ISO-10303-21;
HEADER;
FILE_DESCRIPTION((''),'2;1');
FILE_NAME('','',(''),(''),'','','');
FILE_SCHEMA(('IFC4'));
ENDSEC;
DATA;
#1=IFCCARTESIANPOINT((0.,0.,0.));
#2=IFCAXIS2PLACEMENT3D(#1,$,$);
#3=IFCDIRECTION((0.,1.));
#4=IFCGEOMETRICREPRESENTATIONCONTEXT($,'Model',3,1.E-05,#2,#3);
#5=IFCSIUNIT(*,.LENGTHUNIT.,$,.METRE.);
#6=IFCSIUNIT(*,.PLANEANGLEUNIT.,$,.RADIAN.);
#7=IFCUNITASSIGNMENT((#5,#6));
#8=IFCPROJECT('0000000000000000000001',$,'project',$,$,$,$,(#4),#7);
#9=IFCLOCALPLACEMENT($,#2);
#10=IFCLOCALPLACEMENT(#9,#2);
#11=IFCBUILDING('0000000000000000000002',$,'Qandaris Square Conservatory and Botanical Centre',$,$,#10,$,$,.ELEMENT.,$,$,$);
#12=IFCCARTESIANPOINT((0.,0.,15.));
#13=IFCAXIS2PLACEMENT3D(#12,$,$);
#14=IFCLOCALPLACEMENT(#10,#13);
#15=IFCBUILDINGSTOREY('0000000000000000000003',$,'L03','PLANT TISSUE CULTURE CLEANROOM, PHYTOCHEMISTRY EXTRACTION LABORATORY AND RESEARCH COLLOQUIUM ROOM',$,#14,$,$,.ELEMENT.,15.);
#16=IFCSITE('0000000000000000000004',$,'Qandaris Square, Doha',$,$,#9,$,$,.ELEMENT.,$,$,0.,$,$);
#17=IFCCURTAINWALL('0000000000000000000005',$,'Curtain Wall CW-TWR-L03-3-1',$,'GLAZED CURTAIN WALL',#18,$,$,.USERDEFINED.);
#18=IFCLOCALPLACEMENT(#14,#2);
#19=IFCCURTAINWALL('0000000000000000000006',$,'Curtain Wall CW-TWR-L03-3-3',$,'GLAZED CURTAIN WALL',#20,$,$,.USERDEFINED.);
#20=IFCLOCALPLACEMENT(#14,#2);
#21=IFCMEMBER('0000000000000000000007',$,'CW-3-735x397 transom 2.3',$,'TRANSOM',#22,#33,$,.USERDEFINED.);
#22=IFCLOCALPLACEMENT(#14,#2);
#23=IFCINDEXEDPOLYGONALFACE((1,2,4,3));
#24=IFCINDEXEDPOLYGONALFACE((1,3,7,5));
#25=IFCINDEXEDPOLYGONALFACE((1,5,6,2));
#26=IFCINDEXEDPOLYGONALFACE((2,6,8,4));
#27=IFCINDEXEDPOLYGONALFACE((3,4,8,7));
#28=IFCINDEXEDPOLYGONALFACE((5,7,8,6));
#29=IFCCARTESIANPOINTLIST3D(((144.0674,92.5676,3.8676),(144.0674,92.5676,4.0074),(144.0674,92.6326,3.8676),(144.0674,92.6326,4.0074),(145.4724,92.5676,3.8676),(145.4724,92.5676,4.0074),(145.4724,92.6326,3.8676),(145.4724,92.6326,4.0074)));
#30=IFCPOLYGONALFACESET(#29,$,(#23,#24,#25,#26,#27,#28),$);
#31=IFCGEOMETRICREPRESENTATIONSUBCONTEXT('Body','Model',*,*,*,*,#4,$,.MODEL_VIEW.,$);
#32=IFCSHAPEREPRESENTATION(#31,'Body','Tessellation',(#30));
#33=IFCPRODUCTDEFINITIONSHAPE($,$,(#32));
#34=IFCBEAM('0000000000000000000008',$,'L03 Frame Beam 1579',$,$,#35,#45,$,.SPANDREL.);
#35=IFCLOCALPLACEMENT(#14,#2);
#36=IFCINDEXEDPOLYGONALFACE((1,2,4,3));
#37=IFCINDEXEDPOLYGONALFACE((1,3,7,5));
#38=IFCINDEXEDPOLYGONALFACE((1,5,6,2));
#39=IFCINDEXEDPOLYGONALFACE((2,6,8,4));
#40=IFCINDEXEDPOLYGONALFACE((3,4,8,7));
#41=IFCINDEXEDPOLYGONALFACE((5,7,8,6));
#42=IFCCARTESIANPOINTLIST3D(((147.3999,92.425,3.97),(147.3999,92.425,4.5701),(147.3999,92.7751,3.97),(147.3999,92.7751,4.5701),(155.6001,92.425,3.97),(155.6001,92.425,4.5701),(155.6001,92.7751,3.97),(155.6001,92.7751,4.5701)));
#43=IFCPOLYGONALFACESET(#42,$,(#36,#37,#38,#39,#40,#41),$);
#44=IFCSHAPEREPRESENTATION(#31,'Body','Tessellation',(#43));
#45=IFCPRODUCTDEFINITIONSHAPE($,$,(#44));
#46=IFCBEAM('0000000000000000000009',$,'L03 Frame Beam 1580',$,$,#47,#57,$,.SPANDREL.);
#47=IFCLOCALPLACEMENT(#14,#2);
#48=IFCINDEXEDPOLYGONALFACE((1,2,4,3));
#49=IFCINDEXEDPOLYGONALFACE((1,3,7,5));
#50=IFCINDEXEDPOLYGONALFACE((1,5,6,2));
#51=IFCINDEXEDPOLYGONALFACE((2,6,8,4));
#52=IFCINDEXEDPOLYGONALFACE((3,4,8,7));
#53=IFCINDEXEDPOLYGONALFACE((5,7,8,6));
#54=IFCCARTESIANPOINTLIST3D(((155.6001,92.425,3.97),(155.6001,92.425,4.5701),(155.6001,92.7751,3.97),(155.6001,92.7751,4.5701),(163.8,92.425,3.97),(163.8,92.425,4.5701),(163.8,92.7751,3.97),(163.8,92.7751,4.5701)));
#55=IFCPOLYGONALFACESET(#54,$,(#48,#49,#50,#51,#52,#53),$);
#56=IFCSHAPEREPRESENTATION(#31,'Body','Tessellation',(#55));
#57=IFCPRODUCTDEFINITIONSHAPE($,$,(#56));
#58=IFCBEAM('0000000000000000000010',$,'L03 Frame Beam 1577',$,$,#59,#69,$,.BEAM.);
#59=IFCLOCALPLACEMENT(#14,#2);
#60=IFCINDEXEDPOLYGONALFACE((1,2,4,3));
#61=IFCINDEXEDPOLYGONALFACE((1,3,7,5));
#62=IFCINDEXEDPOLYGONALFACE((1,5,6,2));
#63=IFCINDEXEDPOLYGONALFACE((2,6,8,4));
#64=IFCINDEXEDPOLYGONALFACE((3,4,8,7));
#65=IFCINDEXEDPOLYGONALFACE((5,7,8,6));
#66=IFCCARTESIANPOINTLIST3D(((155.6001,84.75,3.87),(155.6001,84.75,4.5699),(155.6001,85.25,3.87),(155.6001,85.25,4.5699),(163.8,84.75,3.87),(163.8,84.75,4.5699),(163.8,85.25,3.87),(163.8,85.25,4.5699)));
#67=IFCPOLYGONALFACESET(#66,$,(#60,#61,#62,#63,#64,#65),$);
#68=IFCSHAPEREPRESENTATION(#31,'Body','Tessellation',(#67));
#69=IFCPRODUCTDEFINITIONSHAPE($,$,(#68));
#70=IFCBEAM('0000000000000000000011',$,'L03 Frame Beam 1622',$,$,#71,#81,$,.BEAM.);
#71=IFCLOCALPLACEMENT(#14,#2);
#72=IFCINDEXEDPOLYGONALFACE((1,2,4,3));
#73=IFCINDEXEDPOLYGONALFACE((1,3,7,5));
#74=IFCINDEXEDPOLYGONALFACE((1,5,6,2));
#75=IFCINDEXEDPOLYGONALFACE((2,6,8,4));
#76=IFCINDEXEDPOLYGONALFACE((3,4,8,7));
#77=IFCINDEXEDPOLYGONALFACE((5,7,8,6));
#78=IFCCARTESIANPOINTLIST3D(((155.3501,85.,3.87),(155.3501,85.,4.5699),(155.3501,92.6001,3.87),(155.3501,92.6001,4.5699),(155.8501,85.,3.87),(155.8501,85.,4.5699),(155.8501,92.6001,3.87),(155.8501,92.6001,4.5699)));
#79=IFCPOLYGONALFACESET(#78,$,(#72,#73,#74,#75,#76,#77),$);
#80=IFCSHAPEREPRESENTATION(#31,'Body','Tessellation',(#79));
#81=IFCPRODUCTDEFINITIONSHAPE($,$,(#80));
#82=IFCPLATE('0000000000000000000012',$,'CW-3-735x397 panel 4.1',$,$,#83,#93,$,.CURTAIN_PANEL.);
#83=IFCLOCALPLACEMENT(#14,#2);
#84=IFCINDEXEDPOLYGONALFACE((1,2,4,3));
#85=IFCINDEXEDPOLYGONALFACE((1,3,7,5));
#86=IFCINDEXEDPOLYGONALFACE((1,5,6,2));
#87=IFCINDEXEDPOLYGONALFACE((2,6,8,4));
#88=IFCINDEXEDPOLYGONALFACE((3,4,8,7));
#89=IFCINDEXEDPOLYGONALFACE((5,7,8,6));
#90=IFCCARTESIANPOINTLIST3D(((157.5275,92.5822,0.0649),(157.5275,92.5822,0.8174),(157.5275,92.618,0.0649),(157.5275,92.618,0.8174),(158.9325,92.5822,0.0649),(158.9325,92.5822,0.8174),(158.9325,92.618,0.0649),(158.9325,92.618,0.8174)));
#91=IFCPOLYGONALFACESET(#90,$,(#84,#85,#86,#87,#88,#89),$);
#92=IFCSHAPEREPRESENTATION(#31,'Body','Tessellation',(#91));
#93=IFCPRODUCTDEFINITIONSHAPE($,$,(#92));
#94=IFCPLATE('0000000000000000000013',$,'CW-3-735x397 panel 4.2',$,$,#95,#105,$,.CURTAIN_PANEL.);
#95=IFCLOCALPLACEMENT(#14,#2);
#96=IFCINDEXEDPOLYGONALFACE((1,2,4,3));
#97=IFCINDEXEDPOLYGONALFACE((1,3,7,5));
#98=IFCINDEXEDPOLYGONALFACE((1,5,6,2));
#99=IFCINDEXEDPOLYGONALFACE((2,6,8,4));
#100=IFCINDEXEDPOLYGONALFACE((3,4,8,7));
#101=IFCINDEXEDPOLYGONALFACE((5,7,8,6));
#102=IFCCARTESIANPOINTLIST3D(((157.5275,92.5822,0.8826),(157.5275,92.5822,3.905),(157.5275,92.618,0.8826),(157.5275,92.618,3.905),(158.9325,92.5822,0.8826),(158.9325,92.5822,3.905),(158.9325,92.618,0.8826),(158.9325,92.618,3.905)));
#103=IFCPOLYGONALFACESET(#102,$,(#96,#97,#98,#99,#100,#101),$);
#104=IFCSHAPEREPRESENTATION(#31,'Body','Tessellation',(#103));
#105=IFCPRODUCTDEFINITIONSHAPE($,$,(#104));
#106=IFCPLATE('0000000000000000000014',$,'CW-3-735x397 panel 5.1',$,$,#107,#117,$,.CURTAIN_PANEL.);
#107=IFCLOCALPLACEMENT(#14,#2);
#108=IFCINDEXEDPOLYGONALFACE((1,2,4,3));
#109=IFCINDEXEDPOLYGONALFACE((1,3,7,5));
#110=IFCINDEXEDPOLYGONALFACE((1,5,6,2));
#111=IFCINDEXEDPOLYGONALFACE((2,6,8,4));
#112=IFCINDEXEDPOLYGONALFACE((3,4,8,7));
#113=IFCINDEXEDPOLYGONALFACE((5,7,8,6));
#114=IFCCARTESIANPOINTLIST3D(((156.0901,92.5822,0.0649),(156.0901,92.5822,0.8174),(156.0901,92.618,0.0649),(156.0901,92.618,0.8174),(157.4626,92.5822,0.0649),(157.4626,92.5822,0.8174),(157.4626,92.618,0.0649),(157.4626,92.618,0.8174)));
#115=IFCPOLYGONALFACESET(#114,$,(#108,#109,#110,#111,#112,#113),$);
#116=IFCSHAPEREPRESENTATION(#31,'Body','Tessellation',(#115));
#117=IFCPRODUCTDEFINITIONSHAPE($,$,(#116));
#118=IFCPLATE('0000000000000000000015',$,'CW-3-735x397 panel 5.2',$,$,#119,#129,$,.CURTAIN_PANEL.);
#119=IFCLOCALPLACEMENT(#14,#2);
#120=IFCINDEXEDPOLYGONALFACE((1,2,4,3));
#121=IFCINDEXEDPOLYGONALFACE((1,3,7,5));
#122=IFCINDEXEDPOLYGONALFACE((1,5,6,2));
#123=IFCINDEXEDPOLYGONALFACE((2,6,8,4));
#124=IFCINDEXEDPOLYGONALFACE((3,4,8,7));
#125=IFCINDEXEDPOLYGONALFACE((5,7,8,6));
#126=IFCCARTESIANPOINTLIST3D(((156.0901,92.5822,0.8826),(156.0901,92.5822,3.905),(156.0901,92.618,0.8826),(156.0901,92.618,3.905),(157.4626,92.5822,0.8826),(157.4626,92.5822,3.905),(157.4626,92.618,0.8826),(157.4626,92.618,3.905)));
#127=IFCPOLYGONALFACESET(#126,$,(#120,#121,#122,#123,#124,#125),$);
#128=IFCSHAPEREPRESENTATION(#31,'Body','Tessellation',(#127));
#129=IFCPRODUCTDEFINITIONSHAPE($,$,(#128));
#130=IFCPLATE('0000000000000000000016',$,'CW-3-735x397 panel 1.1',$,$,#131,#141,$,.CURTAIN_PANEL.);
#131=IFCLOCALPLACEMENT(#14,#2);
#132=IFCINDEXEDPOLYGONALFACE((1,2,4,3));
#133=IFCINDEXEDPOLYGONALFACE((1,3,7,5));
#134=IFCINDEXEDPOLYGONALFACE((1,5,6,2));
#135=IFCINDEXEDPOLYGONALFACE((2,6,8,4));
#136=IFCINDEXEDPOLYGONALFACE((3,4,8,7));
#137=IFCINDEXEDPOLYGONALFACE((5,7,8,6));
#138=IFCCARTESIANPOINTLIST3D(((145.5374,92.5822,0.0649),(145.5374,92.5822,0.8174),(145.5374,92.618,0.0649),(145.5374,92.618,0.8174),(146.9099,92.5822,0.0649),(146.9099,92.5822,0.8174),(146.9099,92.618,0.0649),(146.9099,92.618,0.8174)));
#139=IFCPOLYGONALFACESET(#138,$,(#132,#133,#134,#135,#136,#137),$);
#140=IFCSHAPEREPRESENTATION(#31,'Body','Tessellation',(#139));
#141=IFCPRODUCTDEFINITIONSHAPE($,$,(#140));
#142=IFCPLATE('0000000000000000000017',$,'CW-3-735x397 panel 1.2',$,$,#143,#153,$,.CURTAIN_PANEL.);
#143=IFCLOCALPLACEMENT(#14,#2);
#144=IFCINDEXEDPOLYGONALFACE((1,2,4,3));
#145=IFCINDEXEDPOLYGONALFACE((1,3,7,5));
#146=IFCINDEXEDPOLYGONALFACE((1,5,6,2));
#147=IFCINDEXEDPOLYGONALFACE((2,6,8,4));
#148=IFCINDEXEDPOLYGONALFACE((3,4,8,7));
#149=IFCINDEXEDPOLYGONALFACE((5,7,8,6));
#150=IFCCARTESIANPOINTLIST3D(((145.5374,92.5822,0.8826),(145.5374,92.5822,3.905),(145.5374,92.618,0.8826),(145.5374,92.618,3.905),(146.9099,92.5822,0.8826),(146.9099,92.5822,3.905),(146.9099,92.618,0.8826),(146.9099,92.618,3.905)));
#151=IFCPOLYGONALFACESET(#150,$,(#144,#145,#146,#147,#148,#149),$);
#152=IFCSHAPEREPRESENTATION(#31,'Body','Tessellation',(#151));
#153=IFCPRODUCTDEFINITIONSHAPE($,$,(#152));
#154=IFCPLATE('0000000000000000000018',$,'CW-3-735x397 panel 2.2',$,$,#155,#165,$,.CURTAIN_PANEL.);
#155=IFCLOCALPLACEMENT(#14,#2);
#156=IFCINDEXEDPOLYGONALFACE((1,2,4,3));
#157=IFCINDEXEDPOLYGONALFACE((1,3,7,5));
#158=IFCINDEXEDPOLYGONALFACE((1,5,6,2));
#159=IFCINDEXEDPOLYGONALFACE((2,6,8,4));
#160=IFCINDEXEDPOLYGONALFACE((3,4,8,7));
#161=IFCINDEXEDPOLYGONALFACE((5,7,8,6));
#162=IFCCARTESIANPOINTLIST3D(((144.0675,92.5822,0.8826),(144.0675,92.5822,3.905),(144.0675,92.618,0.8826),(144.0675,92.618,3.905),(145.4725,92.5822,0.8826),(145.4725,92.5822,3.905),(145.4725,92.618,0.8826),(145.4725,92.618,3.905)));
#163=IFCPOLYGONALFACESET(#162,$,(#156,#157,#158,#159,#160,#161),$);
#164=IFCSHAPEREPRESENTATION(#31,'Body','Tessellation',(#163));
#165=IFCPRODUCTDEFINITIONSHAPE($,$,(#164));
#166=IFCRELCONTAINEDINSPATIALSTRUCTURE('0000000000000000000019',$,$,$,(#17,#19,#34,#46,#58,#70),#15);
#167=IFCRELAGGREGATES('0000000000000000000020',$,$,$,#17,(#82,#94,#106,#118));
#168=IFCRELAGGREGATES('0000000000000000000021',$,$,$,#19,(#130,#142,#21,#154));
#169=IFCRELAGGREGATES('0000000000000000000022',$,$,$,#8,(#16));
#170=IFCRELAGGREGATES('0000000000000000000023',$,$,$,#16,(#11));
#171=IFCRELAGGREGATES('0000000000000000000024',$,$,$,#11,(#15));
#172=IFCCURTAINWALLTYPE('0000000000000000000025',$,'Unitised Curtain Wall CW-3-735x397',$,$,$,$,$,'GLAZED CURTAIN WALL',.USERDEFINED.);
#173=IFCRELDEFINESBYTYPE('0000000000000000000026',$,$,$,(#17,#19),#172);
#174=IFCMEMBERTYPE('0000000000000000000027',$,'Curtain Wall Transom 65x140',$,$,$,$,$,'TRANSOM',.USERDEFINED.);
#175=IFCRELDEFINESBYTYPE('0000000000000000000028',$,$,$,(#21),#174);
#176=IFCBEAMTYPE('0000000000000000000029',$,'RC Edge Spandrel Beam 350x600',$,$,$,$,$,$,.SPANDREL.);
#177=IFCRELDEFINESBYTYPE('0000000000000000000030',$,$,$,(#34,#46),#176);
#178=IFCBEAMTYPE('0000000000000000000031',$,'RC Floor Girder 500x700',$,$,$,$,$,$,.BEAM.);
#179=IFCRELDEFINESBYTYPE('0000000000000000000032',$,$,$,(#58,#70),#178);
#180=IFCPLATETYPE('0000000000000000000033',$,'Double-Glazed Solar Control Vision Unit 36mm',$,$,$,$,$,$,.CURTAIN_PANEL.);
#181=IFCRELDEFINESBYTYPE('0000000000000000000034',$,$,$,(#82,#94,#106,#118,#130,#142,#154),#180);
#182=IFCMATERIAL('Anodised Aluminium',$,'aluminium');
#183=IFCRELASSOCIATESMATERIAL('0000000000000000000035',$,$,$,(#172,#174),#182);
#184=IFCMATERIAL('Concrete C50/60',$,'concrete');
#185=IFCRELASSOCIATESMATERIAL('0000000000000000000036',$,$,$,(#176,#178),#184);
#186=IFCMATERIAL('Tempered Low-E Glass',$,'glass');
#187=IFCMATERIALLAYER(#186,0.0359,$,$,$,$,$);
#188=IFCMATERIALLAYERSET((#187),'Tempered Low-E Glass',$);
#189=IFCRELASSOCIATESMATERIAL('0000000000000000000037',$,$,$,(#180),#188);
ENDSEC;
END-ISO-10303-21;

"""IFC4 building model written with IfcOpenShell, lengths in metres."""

from ifc_helpers import new_model, si_unit, direction, frame, origin, origin_2d, place, context, subcontext, project, spatial, rectangle, extrude, material, layer, layer_set, material_profile, profile_set, type_object, element, aggregate, save


model = new_model("IFC4")

# Units and contexts
model_context = context("Model", 3, precision=1e-05, world=origin(), true_north=direction((0.0, 1.0)))
body_context = subcontext(model_context, "Body", "Model", "MODEL_VIEW")
ifc_project = project(units=[si_unit("LENGTHUNIT", "METRE"), si_unit("PLANEANGLEUNIT", "RADIAN")], contexts=[model_context])

# Site, building, storey
site_placement = place(None, origin())
site = spatial("IfcSite", under=ifc_project, at=site_placement, Name="Qandaris Square, Doha", CompositionType="ELEMENT", RefElevation=0.0)
building_placement = place(site_placement, origin())
building = spatial("IfcBuilding", under=site, at=building_placement, Name="Qandaris Square Conservatory and Botanical Centre", CompositionType="ELEMENT")
storey_placement = place(building_placement, frame((0.0, 0.0, 15.0)))
storey = spatial("IfcBuildingStorey", under=building, at=storey_placement, Name="L03", Description="PLANT TISSUE CULTURE CLEANROOM, PHYTOCHEMISTRY EXTRACTION LABORATORY AND RESEARCH COLLOQUIUM ROOM", CompositionType="ELEMENT", Elevation=15.0)

# Shared definitions
ifc_material_1 = material(Name="Concrete C50/60", Category="concrete")

# Curtain walls
ifc_material_2 = material(Name="Anodised Aluminium", Category="aluminium")
curtain_wall_type = type_object("IfcCurtainWallType", Name="Unitised Curtain Wall CW-3-735x397", ElementType="GLAZED CURTAIN WALL", PredefinedType="USERDEFINED", material=ifc_material_2)
curtain_wall_1_placement = place(storey_placement, origin())
curtain_wall_1 = element("IfcCurtainWall", 1, at=curtain_wall_1_placement, inside=storey, type_object=curtain_wall_type, Name="Curtain Wall CW-TWR-L03-3-1", ObjectType="GLAZED CURTAIN WALL", PredefinedType="USERDEFINED")
curtain_wall_2_placement = place(storey_placement, origin())
curtain_wall_2 = element("IfcCurtainWall", 2, at=curtain_wall_2_placement, inside=storey, type_object=curtain_wall_type, Name="Curtain Wall CW-TWR-L03-3-3", ObjectType="GLAZED CURTAIN WALL", PredefinedType="USERDEFINED")

# Member
ifc_material_profile_1 = material_profile(ifc_material_2, rectangle(XDim=0.0649, YDim=0.1399, at=origin_2d()), Name="ALU-TRN 65x140")
ifc_profile_set_1 = profile_set([ifc_material_profile_1], Name="Anodised Aluminium")
member_type_1 = type_object("IfcMemberType", Name="Curtain Wall Transom 65x140", ElementType="TRANSOM", PredefinedType="USERDEFINED", material=ifc_profile_set_1)
member_1_placement = place(storey_placement, frame((145.4724, 92.6001, 3.9375), z_axis=(-1.0, 0.0, 0.0), x_axis=(0.0, -1.0, 0.0)))
member_1 = element("IfcMember", 3, at=member_1_placement, type_object=member_type_1, Name="CW-3-735x397 transom 2.3", ObjectType="TRANSOM", PredefinedType="USERDEFINED", context=body_context, shape_type="SweptSolid", body=[
    extrude(rectangle(XDim=0.0649, YDim=0.1399, at=origin_2d()), origin(), (0.0, 0.0, 1.0), 1.405),
])

# Beams
ifc_material_profile_2 = material_profile(ifc_material_1, rectangle(XDim=0.3501, YDim=0.6001, at=origin_2d()), Name="RC-SP 350x600")
ifc_profile_set_2 = profile_set([ifc_material_profile_2], Name="Concrete C50/60")
beam_type_1 = type_object("IfcBeamType", Name="RC Edge Spandrel Beam 350x600", PredefinedType="SPANDREL", material=ifc_profile_set_2)
beam_1_placement = place(storey_placement, frame((147.3999, 92.6001, 4.27), z_axis=(1.0, 0.0, 0.0), x_axis=(0.0, 1.0, 0.0)))
element("IfcBeam", 4, at=beam_1_placement, inside=storey, type_object=beam_type_1, Name="L03 Frame Beam 1579", PredefinedType="SPANDREL", context=body_context, shape_type="SweptSolid", body=[
    extrude(rectangle(XDim=0.3501, YDim=0.6001, at=origin_2d()), origin(), (0.0, 0.0, 1.0), 8.2002),
])
beam_2_placement = place(storey_placement, frame((155.6001, 92.6001, 4.27), z_axis=(1.0, 0.0, 0.0), x_axis=(0.0, 1.0, 0.0)))
element("IfcBeam", 5, at=beam_2_placement, inside=storey, type_object=beam_type_1, Name="L03 Frame Beam 1580", PredefinedType="SPANDREL", context=body_context, shape_type="SweptSolid", body=[
    extrude(rectangle(XDim=0.3501, YDim=0.6001, at=origin_2d()), origin(), (0.0, 0.0, 1.0), 8.2),
])
ifc_material_profile_3 = material_profile(ifc_material_1, rectangle(XDim=0.5, YDim=0.7, at=origin_2d()), Name="RC-BM 500x700")
ifc_profile_set_3 = profile_set([ifc_material_profile_3], Name="Concrete C50/60")
beam_type_2 = type_object("IfcBeamType", Name="RC Floor Girder 500x700", PredefinedType="BEAM", material=ifc_profile_set_3)
beam_3_placement = place(storey_placement, frame((155.6001, 85.0, 4.22), z_axis=(1.0, 0.0, 0.0), x_axis=(0.0, 1.0, 0.0)))
element("IfcBeam", 6, at=beam_3_placement, inside=storey, type_object=beam_type_2, Name="L03 Frame Beam 1577", PredefinedType="BEAM", context=body_context, shape_type="SweptSolid", body=[
    extrude(rectangle(XDim=0.5, YDim=0.7, at=origin_2d()), origin(), (0.0, 0.0, 1.0), 8.2),
])
beam_4_placement = place(storey_placement, frame((155.6001, 85.0, 4.22), z_axis=(0.0, 1.0, 0.0), x_axis=(-1.0, 0.0, 0.0)))
element("IfcBeam", 7, at=beam_4_placement, inside=storey, type_object=beam_type_2, Name="L03 Frame Beam 1622", PredefinedType="BEAM", context=body_context, shape_type="SweptSolid", body=[
    extrude(rectangle(XDim=0.5, YDim=0.7, at=origin_2d()), origin(), (0.0, 0.0, 1.0), 7.6001),
])

# Plates
ifc_material_3 = material(Name="Tempered Low-E Glass", Category="glass")
ifc_layer_1 = layer(ifc_material_3, 0.0359)
ifc_layer_set_1 = layer_set([ifc_layer_1], Name="Tempered Low-E Glass")
plate_type = type_object("IfcPlateType", Name="Double-Glazed Solar Control Vision Unit 36mm", PredefinedType="CURTAIN_PANEL", material=ifc_layer_set_1)
plate_1_placement = place(storey_placement, frame((158.23, 92.6001, 0.0649), z_axis=(0.0, 0.0, 1.0), x_axis=(-1.0, 0.0, 0.0)))
plate_1 = element("IfcPlate", 8, at=plate_1_placement, type_object=plate_type, Name="CW-3-735x397 panel 4.1", PredefinedType="CURTAIN_PANEL", context=body_context, shape_type="SweptSolid", body=[
    extrude(rectangle(XDim=1.405, YDim=0.0359, at=origin_2d()), origin(), (0.0, 0.0, 1.0), 0.7524),
])
plate_2_placement = place(storey_placement, frame((158.23, 92.6001, 0.8826), z_axis=(0.0, 0.0, 1.0), x_axis=(-1.0, 0.0, 0.0)))
plate_2 = element("IfcPlate", 9, at=plate_2_placement, type_object=plate_type, Name="CW-3-735x397 panel 4.2", PredefinedType="CURTAIN_PANEL", context=body_context, shape_type="SweptSolid", body=[
    extrude(rectangle(XDim=1.405, YDim=0.0359, at=origin_2d()), origin(), (0.0, 0.0, 1.0), 3.0225),
])
plate_3_placement = place(storey_placement, frame((156.7764, 92.6001, 0.0649), z_axis=(0.0, 0.0, 1.0), x_axis=(-1.0, 0.0, 0.0)))
plate_3 = element("IfcPlate", 10, at=plate_3_placement, type_object=plate_type, Name="CW-3-735x397 panel 5.1", PredefinedType="CURTAIN_PANEL", context=body_context, shape_type="SweptSolid", body=[
    extrude(rectangle(XDim=1.3726, YDim=0.0359, at=origin_2d()), origin(), (0.0, 0.0, 1.0), 0.7524),
])
plate_4_placement = place(storey_placement, frame((156.7764, 92.6001, 0.8826), z_axis=(0.0, 0.0, 1.0), x_axis=(-1.0, 0.0, 0.0)))
plate_4 = element("IfcPlate", 11, at=plate_4_placement, type_object=plate_type, Name="CW-3-735x397 panel 5.2", PredefinedType="CURTAIN_PANEL", context=body_context, shape_type="SweptSolid", body=[
    extrude(rectangle(XDim=1.3726, YDim=0.0359, at=origin_2d()), origin(), (0.0, 0.0, 1.0), 3.0225),
])
aggregate(curtain_wall_1, [plate_1, plate_2, plate_3, plate_4])
plate_5_placement = place(storey_placement, frame((146.2236, 92.6001, 0.0649), z_axis=(0.0, 0.0, 1.0), x_axis=(-1.0, 0.0, 0.0)))
plate_5 = element("IfcPlate", 12, at=plate_5_placement, type_object=plate_type, Name="CW-3-735x397 panel 1.1", PredefinedType="CURTAIN_PANEL", context=body_context, shape_type="SweptSolid", body=[
    extrude(rectangle(XDim=1.3726, YDim=0.0359, at=origin_2d()), origin(), (0.0, 0.0, 1.0), 0.7524),
])
plate_6_placement = place(storey_placement, frame((146.2236, 92.6001, 0.8826), z_axis=(0.0, 0.0, 1.0), x_axis=(-1.0, 0.0, 0.0)))
plate_6 = element("IfcPlate", 13, at=plate_6_placement, type_object=plate_type, Name="CW-3-735x397 panel 1.2", PredefinedType="CURTAIN_PANEL", context=body_context, shape_type="SweptSolid", body=[
    extrude(rectangle(XDim=1.3726, YDim=0.0359, at=origin_2d()), origin(), (0.0, 0.0, 1.0), 3.0225),
])
plate_7_placement = place(storey_placement, frame((144.77, 92.6001, 0.8826), z_axis=(0.0, 0.0, 1.0), x_axis=(-1.0, 0.0, 0.0)))
plate_7 = element("IfcPlate", 14, at=plate_7_placement, type_object=plate_type, Name="CW-3-735x397 panel 2.2", PredefinedType="CURTAIN_PANEL", context=body_context, shape_type="SweptSolid", body=[
    extrude(rectangle(XDim=1.405, YDim=0.0359, at=origin_2d()), origin(), (0.0, 0.0, 1.0), 3.0225),
])
aggregate(curtain_wall_2, [plate_5, plate_6, member_1, plate_7])

save(model, "model.ifc")
